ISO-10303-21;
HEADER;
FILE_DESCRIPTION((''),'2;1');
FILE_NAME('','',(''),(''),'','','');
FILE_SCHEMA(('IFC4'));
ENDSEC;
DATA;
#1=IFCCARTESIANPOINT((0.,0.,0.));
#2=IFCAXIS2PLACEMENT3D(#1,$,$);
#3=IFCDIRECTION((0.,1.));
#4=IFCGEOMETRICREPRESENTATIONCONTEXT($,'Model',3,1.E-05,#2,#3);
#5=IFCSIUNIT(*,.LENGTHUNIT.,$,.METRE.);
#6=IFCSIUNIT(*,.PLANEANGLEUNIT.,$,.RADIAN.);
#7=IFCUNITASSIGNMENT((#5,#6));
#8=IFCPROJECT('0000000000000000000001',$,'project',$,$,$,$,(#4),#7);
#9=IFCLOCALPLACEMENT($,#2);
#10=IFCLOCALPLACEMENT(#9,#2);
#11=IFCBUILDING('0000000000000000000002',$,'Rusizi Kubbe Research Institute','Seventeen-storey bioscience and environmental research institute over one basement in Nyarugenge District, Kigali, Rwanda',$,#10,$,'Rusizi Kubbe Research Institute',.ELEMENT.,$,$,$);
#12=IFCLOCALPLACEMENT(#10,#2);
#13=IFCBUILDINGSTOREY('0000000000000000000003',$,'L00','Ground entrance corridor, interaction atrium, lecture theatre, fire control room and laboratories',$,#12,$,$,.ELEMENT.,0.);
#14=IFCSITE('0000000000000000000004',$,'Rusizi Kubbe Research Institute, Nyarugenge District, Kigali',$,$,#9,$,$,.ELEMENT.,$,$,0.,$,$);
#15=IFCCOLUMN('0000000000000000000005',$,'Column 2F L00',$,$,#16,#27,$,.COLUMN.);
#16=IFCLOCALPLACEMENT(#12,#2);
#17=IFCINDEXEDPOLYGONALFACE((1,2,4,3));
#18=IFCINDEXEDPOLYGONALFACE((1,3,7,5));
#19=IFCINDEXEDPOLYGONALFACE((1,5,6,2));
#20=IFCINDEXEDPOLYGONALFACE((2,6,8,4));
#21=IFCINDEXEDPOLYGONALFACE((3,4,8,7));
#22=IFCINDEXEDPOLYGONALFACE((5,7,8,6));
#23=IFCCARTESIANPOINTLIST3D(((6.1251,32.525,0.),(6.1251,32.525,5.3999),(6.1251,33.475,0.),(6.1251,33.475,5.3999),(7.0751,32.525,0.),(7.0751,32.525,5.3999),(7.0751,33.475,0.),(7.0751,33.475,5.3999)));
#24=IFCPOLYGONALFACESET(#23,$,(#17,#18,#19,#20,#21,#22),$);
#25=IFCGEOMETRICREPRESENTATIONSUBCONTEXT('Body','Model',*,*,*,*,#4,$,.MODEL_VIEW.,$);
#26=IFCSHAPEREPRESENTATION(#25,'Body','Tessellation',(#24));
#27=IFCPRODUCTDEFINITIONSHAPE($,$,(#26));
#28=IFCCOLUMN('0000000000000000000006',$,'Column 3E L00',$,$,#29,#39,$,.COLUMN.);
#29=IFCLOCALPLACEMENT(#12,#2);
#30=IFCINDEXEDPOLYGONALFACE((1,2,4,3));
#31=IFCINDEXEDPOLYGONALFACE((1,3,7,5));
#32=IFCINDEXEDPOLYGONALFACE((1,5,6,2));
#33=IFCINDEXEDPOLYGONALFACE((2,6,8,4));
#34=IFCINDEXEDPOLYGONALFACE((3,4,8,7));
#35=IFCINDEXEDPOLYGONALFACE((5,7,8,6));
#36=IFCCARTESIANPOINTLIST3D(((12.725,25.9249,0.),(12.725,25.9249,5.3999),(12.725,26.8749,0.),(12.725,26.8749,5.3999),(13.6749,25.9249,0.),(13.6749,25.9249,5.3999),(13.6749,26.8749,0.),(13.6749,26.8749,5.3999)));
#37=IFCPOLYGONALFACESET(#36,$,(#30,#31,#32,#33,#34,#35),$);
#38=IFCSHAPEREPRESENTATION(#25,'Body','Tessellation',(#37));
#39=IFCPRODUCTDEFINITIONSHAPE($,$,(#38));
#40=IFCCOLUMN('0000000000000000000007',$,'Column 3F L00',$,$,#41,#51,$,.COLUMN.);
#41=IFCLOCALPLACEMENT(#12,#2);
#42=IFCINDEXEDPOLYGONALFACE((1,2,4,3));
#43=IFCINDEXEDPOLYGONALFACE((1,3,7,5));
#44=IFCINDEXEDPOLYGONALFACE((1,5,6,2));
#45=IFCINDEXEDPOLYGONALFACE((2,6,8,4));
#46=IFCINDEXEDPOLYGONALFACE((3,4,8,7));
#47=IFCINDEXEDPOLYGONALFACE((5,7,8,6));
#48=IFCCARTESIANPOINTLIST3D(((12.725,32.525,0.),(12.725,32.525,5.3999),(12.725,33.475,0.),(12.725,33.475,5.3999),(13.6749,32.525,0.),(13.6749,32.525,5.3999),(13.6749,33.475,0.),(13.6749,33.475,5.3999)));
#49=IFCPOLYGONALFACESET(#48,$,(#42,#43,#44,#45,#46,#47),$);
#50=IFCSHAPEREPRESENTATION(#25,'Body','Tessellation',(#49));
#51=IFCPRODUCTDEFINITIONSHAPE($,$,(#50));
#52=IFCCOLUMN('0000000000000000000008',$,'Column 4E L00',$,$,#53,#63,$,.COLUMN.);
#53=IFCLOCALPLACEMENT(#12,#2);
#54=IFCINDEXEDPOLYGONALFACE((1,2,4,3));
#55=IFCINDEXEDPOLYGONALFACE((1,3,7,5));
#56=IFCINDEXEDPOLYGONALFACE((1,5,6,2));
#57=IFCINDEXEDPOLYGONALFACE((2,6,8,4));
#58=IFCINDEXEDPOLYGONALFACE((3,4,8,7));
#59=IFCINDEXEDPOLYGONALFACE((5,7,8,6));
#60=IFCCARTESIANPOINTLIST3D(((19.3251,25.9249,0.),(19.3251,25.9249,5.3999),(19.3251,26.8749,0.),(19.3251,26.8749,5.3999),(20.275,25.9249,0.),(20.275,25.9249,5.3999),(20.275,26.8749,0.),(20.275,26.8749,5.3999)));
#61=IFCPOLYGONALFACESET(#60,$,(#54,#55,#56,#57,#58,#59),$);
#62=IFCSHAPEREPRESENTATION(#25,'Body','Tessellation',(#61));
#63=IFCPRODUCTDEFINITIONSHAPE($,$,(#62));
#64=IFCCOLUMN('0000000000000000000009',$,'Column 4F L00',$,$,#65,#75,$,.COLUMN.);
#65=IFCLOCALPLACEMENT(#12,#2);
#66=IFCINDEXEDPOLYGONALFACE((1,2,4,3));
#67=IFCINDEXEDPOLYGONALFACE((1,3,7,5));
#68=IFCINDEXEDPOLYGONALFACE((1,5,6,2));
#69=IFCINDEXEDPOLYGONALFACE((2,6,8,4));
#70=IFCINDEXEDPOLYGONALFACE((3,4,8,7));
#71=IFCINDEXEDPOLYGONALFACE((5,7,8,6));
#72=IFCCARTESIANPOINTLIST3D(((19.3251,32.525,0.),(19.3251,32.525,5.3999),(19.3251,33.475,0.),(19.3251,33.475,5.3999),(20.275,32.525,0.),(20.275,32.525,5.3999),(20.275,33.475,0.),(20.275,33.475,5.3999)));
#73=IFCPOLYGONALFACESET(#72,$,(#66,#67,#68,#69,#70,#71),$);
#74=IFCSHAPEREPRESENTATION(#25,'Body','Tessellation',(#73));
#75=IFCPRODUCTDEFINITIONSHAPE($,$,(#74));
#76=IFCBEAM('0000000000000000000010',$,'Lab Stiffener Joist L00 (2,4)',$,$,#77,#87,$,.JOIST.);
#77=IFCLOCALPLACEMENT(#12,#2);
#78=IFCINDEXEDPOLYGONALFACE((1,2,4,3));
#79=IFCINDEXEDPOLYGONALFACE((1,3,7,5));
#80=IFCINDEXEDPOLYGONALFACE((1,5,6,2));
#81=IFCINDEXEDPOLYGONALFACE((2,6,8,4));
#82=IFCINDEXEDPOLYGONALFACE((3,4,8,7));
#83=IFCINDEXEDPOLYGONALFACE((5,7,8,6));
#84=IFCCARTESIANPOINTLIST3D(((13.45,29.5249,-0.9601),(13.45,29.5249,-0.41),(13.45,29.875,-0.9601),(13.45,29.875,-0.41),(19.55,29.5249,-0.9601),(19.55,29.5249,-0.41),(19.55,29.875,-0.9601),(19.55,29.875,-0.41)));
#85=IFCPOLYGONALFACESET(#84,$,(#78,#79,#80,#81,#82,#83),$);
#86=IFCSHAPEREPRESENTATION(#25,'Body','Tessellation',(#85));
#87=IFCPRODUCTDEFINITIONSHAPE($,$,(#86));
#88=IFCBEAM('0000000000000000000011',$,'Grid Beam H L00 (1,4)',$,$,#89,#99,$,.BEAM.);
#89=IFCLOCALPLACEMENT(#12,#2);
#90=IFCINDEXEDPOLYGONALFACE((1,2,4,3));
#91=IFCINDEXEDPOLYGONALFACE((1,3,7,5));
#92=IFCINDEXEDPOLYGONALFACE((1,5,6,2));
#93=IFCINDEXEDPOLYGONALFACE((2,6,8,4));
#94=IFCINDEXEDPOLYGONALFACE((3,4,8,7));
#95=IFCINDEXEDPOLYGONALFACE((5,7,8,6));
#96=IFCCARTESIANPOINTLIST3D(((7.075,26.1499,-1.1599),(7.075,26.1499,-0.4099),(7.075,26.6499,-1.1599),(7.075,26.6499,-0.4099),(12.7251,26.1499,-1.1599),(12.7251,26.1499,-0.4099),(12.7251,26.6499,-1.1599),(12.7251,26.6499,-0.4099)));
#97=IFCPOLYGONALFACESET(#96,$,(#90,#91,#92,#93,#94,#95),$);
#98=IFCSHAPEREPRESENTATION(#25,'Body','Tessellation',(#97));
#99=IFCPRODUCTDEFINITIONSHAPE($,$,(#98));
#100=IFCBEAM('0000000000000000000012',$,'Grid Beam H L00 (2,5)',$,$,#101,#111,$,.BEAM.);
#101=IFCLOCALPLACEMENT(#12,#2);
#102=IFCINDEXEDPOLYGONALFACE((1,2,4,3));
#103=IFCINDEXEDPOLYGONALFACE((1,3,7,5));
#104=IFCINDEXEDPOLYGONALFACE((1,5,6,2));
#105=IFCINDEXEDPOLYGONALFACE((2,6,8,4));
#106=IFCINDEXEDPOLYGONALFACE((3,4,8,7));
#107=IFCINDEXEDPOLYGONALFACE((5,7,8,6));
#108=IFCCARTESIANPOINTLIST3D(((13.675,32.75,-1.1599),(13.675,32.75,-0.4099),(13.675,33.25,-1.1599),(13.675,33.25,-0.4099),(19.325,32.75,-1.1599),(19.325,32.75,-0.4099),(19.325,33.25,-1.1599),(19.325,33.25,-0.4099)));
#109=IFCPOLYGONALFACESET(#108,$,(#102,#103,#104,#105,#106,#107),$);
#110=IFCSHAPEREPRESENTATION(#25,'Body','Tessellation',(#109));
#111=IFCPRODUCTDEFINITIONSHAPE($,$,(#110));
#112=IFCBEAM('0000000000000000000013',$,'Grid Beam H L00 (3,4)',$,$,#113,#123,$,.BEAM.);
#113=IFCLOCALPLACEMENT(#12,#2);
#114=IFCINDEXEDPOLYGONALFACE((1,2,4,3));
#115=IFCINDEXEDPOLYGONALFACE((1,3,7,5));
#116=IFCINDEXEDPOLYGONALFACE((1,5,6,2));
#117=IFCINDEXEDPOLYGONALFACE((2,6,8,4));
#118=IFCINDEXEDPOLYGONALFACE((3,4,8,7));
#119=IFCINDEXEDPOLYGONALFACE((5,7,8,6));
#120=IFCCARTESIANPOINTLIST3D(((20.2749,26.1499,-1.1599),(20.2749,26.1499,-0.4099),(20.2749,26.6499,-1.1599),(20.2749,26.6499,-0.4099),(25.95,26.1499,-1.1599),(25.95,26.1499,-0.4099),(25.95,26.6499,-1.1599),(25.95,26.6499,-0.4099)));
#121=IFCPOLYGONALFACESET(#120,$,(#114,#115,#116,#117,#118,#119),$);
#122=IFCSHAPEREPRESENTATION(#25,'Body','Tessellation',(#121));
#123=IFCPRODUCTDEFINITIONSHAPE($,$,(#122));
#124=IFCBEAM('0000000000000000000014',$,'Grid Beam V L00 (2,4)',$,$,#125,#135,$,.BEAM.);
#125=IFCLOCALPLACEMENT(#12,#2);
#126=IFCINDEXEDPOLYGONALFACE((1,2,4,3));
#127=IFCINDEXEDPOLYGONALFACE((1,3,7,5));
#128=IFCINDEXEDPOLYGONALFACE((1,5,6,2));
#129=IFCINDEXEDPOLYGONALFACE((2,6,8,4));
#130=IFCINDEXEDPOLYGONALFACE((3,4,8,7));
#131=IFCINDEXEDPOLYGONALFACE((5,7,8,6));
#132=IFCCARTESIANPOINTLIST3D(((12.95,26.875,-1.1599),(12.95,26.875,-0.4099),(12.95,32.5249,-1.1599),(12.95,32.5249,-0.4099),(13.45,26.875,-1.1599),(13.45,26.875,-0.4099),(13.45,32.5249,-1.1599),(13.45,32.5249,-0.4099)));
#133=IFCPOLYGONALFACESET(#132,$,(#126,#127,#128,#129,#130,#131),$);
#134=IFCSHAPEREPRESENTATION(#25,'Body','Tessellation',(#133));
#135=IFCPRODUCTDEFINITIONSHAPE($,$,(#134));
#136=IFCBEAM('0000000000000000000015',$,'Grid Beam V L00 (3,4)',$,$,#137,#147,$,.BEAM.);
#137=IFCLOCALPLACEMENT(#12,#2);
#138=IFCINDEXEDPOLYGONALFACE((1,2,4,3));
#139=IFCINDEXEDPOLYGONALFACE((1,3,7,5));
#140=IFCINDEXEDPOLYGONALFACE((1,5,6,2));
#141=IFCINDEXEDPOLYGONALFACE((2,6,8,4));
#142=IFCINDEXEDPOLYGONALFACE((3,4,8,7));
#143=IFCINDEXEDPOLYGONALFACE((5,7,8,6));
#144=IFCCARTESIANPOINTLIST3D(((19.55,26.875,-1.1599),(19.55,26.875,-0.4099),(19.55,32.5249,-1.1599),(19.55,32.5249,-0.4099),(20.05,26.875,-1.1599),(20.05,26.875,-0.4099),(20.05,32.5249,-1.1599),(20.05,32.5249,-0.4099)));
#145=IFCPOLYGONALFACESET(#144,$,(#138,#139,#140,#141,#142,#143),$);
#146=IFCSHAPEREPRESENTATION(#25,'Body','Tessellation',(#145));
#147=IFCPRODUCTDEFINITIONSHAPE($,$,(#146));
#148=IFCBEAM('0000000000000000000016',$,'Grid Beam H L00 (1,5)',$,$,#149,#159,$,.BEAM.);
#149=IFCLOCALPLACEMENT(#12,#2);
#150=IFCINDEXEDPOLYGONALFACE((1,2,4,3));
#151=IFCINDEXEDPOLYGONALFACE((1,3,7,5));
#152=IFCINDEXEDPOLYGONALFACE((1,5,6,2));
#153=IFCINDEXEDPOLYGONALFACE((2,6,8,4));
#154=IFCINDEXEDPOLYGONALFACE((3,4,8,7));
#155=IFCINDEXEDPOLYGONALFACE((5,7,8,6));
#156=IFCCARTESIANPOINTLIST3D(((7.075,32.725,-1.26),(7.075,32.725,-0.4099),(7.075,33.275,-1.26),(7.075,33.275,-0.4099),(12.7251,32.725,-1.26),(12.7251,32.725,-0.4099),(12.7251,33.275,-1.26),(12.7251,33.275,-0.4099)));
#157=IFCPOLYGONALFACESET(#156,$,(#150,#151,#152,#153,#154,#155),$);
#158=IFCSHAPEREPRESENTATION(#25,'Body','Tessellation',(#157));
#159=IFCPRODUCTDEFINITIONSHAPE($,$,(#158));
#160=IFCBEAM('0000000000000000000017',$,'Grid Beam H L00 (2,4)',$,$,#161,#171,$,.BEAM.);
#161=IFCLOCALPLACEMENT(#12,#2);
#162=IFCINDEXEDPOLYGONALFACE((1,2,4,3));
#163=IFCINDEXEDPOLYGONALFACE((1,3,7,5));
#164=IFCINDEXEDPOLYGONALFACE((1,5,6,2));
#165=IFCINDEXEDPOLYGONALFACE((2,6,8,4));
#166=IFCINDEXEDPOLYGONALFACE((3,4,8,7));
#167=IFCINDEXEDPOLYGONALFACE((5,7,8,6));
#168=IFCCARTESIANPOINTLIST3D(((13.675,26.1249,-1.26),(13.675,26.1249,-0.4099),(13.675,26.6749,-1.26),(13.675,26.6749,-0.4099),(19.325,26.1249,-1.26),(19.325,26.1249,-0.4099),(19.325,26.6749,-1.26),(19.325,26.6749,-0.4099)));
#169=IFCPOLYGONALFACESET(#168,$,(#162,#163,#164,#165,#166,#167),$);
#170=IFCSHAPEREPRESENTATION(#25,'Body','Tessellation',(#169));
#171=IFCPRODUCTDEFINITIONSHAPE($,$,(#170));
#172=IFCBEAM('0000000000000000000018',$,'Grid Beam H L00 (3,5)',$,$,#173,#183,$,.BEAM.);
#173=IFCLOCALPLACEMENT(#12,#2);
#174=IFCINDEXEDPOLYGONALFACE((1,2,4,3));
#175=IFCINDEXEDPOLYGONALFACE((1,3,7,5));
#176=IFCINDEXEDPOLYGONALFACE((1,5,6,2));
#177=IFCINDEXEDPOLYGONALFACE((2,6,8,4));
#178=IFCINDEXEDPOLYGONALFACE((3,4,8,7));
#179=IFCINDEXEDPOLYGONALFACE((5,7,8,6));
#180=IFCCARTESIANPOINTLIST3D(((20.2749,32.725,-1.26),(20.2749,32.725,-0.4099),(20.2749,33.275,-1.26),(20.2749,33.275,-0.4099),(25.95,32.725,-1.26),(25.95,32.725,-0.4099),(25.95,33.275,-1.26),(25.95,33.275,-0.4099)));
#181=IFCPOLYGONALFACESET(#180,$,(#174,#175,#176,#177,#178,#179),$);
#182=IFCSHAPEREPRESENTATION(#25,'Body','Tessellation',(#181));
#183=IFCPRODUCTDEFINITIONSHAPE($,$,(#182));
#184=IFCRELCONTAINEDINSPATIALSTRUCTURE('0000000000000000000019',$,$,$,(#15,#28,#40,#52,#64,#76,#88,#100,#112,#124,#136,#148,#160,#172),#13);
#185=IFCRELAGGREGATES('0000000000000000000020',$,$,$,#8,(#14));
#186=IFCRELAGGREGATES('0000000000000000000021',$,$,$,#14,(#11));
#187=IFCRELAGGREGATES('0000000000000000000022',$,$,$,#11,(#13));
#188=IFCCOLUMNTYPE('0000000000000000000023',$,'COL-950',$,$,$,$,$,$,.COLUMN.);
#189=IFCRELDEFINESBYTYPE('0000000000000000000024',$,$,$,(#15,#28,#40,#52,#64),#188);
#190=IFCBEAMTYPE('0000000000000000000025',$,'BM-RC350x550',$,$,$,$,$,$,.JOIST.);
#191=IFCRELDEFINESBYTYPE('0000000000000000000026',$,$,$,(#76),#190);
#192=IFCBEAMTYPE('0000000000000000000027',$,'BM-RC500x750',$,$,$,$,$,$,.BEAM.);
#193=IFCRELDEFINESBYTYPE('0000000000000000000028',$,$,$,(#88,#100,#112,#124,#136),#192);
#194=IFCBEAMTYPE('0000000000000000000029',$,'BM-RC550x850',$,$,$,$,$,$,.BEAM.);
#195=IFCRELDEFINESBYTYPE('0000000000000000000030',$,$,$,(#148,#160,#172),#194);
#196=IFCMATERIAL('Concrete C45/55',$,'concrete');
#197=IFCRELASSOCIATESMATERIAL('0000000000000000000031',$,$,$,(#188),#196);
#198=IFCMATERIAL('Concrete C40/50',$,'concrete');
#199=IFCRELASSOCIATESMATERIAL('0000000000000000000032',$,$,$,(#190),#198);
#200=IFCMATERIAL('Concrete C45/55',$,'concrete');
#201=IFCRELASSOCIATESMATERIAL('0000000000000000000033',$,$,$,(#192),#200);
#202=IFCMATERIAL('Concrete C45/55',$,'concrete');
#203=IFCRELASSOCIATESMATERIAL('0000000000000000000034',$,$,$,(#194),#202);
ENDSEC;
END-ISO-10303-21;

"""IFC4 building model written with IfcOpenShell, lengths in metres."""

from ifc_helpers import new_model, si_unit, direction, frame, origin, origin_2d, place, context, subcontext, project, spatial, rectangle, extrude, material, material_profile, profile_set, type_object, element, save


model = new_model("IFC4")

# Units and contexts
model_context = context("Model", 3, precision=1e-05, world=origin(), true_north=direction((0.0, 1.0)))
body_context = subcontext(model_context, "Body", "Model", "MODEL_VIEW")
ifc_project = project(units=[si_unit("LENGTHUNIT", "METRE"), si_unit("PLANEANGLEUNIT", "RADIAN")], contexts=[model_context])

# Site, building, storey
site_placement = place(None, origin())
site = spatial("IfcSite", under=ifc_project, at=site_placement, Name="Rusizi Kubbe Research Institute, Nyarugenge District, Kigali", CompositionType="ELEMENT", RefElevation=0.0)
building_placement = place(site_placement, origin())
building = spatial("IfcBuilding", under=site, at=building_placement, Name="Rusizi Kubbe Research Institute", Description="Seventeen-storey bioscience and environmental research institute over one basement in Nyarugenge District, Kigali, Rwanda", LongName="Rusizi Kubbe Research Institute", CompositionType="ELEMENT")
storey_placement = place(building_placement, origin())
storey = spatial("IfcBuildingStorey", under=building, at=storey_placement, Name="L00", Description="Ground entrance corridor, interaction atrium, lecture theatre, fire control room and laboratories", CompositionType="ELEMENT", Elevation=0.0)

# Columns
ifc_material_1 = material(Name="Concrete C45/55", Category="concrete")
ifc_material_profile_1 = material_profile(ifc_material_1, rectangle(XDim=0.95, YDim=0.95, at=origin_2d()), Name="RC950x950")
ifc_profile_set_1 = profile_set([ifc_material_profile_1], Name="Concrete C45/55")
column_type = type_object("IfcColumnType", Name="COL-950", PredefinedType="COLUMN", material=ifc_profile_set_1)
for number, where, z_axis, x_axis, name in (
    (1, (6.6001, 33.0, 0.0), (0.0, 0.0, 1.0), (1.0, 0.0, 0.0), "Column 2F L00"),
    (2, (13.2, 26.3999, 0.0), (0.0, 0.0, 1.0), (1.0, 0.0, 0.0), "Column 3E L00"),
    (3, (13.2, 33.0, 0.0), (0.0, 0.0, 1.0), (1.0, 0.0, 0.0), "Column 3F L00"),
    (4, (19.8, 26.3999, 0.0), (0.0, 0.0, 1.0), (1.0, 0.0, 0.0), "Column 4E L00"),
    (5, (19.8, 33.0, 0.0), (0.0, 0.0, 1.0), (1.0, 0.0, 0.0), "Column 4F L00"),
):
    element("IfcColumn", number, at=place(storey_placement, frame(where, z_axis=z_axis, x_axis=x_axis)), inside=storey, type_object=column_type, Name=name, PredefinedType="COLUMN", context=body_context, shape_type="SweptSolid", body=[
        extrude(rectangle(XDim=0.95, YDim=0.95, at=origin_2d()), origin(), (0.0, 0.0, 1.0), 5.3999),
    ])

# Beams
ifc_material_2 = material(Name="Concrete C40/50", Category="concrete")
ifc_material_profile_2 = material_profile(ifc_material_2, rectangle(XDim=0.3501, YDim=0.55, at=origin_2d()), Name="RC350x550")
ifc_profile_set_2 = profile_set([ifc_material_profile_2], Name="Concrete C40/50")
beam_type_1 = type_object("IfcBeamType", Name="BM-RC350x550", PredefinedType="JOIST", material=ifc_profile_set_2)
beam_1_placement = place(storey_placement, frame((13.45, 29.7, -0.6851), z_axis=(1.0, 0.0, 0.0), x_axis=(0.0, 1.0, 0.0)))
element("IfcBeam", 6, at=beam_1_placement, inside=storey, type_object=beam_type_1, Name="Lab Stiffener Joist L00 (2,4)", PredefinedType="JOIST", context=body_context, shape_type="SweptSolid", body=[
    extrude(rectangle(XDim=0.3501, YDim=0.55, at=origin_2d()), origin(), (0.0, 0.0, 1.0), 6.1001),
])
ifc_material_3 = material(Name="Concrete C45/55", Category="concrete")
ifc_material_profile_3 = material_profile(ifc_material_3, rectangle(XDim=0.5, YDim=0.75, at=origin_2d()), Name="RC500x750B")
ifc_profile_set_3 = profile_set([ifc_material_profile_3], Name="Concrete C45/55")
beam_type_2 = type_object("IfcBeamType", Name="BM-RC500x750", PredefinedType="BEAM", material=ifc_profile_set_3)
beam_2_placement = place(storey_placement, frame((7.075, 26.3999, -0.7849), z_axis=(1.0, 0.0, 0.0), x_axis=(0.0, 1.0, 0.0)))
element("IfcBeam", 7, at=beam_2_placement, inside=storey, type_object=beam_type_2, Name="Grid Beam H L00 (1,4)", PredefinedType="BEAM", context=body_context, shape_type="SweptSolid", body=[
    extrude(rectangle(XDim=0.5, YDim=0.75, at=origin_2d()), origin(), (0.0, 0.0, 1.0), 5.6501),
])
beam_3_placement = place(storey_placement, frame((13.675, 33.0, -0.7849), z_axis=(1.0, 0.0, 0.0), x_axis=(0.0, 1.0, 0.0)))
element("IfcBeam", 8, at=beam_3_placement, inside=storey, type_object=beam_type_2, Name="Grid Beam H L00 (2,5)", PredefinedType="BEAM", context=body_context, shape_type="SweptSolid", body=[
    extrude(rectangle(XDim=0.5, YDim=0.75, at=origin_2d()), origin(), (0.0, 0.0, 1.0), 5.6499),
])
beam_4_placement = place(storey_placement, frame((20.2749, 26.3999, -0.7849), z_axis=(1.0, 0.0, 0.0), x_axis=(0.0, 1.0, 0.0)))
element("IfcBeam", 9, at=beam_4_placement, inside=storey, type_object=beam_type_2, Name="Grid Beam H L00 (3,4)", PredefinedType="BEAM", context=body_context, shape_type="SweptSolid", body=[
    extrude(rectangle(XDim=0.5, YDim=0.75, at=origin_2d()), origin(), (0.0, 0.0, 1.0), 5.675),
])
for number, where, z_axis, x_axis, name in (
    (10, (13.2, 26.875, -0.7849), (0.0, 1.0, 0.0), (-1.0, 0.0, 0.0), "Grid Beam V L00 (2,4)"),
    (11, (19.8, 26.875, -0.7849), (0.0, 1.0, 0.0), (-1.0, 0.0, 0.0), "Grid Beam V L00 (3,4)"),
):
    element("IfcBeam", number, at=place(storey_placement, frame(where, z_axis=z_axis, x_axis=x_axis)), inside=storey, type_object=beam_type_2, Name=name, PredefinedType="BEAM", context=body_context, shape_type="SweptSolid", body=[
        extrude(rectangle(XDim=0.5, YDim=0.75, at=origin_2d()), origin(), (0.0, 0.0, 1.0), 5.6499),
    ])
ifc_material_4 = material(Name="Concrete C45/55", Category="concrete")
ifc_material_profile_4 = material_profile(ifc_material_4, rectangle(XDim=0.55, YDim=0.8501, at=origin_2d()), Name="RC550x850")
ifc_profile_set_4 = profile_set([ifc_material_profile_4], Name="Concrete C45/55")
beam_type_3 = type_object("IfcBeamType", Name="BM-RC550x850", PredefinedType="BEAM", material=ifc_profile_set_4)
beam_5_placement = place(storey_placement, frame((7.075, 33.0, -0.835), z_axis=(1.0, 0.0, 0.0), x_axis=(0.0, 1.0, 0.0)))
element("IfcBeam", 12, at=beam_5_placement, inside=storey, type_object=beam_type_3, Name="Grid Beam H L00 (1,5)", PredefinedType="BEAM", context=body_context, shape_type="SweptSolid", body=[
    extrude(rectangle(XDim=0.55, YDim=0.8501, at=origin_2d()), origin(), (0.0, 0.0, 1.0), 5.6501),
])
beam_6_placement = place(storey_placement, frame((13.675, 26.3999, -0.835), z_axis=(1.0, 0.0, 0.0), x_axis=(0.0, 1.0, 0.0)))
element("IfcBeam", 13, at=beam_6_placement, inside=storey, type_object=beam_type_3, Name="Grid Beam H L00 (2,4)", PredefinedType="BEAM", context=body_context, shape_type="SweptSolid", body=[
    extrude(rectangle(XDim=0.55, YDim=0.8501, at=origin_2d()), origin(), (0.0, 0.0, 1.0), 5.6499),
])
beam_7_placement = place(storey_placement, frame((20.2749, 33.0, -0.835), z_axis=(1.0, 0.0, 0.0), x_axis=(0.0, 1.0, 0.0)))
element("IfcBeam", 14, at=beam_7_placement, inside=storey, type_object=beam_type_3, Name="Grid Beam H L00 (3,5)", PredefinedType="BEAM", context=body_context, shape_type="SweptSolid", body=[
    extrude(rectangle(XDim=0.55, YDim=0.8501, at=origin_2d()), origin(), (0.0, 0.0, 1.0), 5.675),
])

save(model, "model.ifc")
